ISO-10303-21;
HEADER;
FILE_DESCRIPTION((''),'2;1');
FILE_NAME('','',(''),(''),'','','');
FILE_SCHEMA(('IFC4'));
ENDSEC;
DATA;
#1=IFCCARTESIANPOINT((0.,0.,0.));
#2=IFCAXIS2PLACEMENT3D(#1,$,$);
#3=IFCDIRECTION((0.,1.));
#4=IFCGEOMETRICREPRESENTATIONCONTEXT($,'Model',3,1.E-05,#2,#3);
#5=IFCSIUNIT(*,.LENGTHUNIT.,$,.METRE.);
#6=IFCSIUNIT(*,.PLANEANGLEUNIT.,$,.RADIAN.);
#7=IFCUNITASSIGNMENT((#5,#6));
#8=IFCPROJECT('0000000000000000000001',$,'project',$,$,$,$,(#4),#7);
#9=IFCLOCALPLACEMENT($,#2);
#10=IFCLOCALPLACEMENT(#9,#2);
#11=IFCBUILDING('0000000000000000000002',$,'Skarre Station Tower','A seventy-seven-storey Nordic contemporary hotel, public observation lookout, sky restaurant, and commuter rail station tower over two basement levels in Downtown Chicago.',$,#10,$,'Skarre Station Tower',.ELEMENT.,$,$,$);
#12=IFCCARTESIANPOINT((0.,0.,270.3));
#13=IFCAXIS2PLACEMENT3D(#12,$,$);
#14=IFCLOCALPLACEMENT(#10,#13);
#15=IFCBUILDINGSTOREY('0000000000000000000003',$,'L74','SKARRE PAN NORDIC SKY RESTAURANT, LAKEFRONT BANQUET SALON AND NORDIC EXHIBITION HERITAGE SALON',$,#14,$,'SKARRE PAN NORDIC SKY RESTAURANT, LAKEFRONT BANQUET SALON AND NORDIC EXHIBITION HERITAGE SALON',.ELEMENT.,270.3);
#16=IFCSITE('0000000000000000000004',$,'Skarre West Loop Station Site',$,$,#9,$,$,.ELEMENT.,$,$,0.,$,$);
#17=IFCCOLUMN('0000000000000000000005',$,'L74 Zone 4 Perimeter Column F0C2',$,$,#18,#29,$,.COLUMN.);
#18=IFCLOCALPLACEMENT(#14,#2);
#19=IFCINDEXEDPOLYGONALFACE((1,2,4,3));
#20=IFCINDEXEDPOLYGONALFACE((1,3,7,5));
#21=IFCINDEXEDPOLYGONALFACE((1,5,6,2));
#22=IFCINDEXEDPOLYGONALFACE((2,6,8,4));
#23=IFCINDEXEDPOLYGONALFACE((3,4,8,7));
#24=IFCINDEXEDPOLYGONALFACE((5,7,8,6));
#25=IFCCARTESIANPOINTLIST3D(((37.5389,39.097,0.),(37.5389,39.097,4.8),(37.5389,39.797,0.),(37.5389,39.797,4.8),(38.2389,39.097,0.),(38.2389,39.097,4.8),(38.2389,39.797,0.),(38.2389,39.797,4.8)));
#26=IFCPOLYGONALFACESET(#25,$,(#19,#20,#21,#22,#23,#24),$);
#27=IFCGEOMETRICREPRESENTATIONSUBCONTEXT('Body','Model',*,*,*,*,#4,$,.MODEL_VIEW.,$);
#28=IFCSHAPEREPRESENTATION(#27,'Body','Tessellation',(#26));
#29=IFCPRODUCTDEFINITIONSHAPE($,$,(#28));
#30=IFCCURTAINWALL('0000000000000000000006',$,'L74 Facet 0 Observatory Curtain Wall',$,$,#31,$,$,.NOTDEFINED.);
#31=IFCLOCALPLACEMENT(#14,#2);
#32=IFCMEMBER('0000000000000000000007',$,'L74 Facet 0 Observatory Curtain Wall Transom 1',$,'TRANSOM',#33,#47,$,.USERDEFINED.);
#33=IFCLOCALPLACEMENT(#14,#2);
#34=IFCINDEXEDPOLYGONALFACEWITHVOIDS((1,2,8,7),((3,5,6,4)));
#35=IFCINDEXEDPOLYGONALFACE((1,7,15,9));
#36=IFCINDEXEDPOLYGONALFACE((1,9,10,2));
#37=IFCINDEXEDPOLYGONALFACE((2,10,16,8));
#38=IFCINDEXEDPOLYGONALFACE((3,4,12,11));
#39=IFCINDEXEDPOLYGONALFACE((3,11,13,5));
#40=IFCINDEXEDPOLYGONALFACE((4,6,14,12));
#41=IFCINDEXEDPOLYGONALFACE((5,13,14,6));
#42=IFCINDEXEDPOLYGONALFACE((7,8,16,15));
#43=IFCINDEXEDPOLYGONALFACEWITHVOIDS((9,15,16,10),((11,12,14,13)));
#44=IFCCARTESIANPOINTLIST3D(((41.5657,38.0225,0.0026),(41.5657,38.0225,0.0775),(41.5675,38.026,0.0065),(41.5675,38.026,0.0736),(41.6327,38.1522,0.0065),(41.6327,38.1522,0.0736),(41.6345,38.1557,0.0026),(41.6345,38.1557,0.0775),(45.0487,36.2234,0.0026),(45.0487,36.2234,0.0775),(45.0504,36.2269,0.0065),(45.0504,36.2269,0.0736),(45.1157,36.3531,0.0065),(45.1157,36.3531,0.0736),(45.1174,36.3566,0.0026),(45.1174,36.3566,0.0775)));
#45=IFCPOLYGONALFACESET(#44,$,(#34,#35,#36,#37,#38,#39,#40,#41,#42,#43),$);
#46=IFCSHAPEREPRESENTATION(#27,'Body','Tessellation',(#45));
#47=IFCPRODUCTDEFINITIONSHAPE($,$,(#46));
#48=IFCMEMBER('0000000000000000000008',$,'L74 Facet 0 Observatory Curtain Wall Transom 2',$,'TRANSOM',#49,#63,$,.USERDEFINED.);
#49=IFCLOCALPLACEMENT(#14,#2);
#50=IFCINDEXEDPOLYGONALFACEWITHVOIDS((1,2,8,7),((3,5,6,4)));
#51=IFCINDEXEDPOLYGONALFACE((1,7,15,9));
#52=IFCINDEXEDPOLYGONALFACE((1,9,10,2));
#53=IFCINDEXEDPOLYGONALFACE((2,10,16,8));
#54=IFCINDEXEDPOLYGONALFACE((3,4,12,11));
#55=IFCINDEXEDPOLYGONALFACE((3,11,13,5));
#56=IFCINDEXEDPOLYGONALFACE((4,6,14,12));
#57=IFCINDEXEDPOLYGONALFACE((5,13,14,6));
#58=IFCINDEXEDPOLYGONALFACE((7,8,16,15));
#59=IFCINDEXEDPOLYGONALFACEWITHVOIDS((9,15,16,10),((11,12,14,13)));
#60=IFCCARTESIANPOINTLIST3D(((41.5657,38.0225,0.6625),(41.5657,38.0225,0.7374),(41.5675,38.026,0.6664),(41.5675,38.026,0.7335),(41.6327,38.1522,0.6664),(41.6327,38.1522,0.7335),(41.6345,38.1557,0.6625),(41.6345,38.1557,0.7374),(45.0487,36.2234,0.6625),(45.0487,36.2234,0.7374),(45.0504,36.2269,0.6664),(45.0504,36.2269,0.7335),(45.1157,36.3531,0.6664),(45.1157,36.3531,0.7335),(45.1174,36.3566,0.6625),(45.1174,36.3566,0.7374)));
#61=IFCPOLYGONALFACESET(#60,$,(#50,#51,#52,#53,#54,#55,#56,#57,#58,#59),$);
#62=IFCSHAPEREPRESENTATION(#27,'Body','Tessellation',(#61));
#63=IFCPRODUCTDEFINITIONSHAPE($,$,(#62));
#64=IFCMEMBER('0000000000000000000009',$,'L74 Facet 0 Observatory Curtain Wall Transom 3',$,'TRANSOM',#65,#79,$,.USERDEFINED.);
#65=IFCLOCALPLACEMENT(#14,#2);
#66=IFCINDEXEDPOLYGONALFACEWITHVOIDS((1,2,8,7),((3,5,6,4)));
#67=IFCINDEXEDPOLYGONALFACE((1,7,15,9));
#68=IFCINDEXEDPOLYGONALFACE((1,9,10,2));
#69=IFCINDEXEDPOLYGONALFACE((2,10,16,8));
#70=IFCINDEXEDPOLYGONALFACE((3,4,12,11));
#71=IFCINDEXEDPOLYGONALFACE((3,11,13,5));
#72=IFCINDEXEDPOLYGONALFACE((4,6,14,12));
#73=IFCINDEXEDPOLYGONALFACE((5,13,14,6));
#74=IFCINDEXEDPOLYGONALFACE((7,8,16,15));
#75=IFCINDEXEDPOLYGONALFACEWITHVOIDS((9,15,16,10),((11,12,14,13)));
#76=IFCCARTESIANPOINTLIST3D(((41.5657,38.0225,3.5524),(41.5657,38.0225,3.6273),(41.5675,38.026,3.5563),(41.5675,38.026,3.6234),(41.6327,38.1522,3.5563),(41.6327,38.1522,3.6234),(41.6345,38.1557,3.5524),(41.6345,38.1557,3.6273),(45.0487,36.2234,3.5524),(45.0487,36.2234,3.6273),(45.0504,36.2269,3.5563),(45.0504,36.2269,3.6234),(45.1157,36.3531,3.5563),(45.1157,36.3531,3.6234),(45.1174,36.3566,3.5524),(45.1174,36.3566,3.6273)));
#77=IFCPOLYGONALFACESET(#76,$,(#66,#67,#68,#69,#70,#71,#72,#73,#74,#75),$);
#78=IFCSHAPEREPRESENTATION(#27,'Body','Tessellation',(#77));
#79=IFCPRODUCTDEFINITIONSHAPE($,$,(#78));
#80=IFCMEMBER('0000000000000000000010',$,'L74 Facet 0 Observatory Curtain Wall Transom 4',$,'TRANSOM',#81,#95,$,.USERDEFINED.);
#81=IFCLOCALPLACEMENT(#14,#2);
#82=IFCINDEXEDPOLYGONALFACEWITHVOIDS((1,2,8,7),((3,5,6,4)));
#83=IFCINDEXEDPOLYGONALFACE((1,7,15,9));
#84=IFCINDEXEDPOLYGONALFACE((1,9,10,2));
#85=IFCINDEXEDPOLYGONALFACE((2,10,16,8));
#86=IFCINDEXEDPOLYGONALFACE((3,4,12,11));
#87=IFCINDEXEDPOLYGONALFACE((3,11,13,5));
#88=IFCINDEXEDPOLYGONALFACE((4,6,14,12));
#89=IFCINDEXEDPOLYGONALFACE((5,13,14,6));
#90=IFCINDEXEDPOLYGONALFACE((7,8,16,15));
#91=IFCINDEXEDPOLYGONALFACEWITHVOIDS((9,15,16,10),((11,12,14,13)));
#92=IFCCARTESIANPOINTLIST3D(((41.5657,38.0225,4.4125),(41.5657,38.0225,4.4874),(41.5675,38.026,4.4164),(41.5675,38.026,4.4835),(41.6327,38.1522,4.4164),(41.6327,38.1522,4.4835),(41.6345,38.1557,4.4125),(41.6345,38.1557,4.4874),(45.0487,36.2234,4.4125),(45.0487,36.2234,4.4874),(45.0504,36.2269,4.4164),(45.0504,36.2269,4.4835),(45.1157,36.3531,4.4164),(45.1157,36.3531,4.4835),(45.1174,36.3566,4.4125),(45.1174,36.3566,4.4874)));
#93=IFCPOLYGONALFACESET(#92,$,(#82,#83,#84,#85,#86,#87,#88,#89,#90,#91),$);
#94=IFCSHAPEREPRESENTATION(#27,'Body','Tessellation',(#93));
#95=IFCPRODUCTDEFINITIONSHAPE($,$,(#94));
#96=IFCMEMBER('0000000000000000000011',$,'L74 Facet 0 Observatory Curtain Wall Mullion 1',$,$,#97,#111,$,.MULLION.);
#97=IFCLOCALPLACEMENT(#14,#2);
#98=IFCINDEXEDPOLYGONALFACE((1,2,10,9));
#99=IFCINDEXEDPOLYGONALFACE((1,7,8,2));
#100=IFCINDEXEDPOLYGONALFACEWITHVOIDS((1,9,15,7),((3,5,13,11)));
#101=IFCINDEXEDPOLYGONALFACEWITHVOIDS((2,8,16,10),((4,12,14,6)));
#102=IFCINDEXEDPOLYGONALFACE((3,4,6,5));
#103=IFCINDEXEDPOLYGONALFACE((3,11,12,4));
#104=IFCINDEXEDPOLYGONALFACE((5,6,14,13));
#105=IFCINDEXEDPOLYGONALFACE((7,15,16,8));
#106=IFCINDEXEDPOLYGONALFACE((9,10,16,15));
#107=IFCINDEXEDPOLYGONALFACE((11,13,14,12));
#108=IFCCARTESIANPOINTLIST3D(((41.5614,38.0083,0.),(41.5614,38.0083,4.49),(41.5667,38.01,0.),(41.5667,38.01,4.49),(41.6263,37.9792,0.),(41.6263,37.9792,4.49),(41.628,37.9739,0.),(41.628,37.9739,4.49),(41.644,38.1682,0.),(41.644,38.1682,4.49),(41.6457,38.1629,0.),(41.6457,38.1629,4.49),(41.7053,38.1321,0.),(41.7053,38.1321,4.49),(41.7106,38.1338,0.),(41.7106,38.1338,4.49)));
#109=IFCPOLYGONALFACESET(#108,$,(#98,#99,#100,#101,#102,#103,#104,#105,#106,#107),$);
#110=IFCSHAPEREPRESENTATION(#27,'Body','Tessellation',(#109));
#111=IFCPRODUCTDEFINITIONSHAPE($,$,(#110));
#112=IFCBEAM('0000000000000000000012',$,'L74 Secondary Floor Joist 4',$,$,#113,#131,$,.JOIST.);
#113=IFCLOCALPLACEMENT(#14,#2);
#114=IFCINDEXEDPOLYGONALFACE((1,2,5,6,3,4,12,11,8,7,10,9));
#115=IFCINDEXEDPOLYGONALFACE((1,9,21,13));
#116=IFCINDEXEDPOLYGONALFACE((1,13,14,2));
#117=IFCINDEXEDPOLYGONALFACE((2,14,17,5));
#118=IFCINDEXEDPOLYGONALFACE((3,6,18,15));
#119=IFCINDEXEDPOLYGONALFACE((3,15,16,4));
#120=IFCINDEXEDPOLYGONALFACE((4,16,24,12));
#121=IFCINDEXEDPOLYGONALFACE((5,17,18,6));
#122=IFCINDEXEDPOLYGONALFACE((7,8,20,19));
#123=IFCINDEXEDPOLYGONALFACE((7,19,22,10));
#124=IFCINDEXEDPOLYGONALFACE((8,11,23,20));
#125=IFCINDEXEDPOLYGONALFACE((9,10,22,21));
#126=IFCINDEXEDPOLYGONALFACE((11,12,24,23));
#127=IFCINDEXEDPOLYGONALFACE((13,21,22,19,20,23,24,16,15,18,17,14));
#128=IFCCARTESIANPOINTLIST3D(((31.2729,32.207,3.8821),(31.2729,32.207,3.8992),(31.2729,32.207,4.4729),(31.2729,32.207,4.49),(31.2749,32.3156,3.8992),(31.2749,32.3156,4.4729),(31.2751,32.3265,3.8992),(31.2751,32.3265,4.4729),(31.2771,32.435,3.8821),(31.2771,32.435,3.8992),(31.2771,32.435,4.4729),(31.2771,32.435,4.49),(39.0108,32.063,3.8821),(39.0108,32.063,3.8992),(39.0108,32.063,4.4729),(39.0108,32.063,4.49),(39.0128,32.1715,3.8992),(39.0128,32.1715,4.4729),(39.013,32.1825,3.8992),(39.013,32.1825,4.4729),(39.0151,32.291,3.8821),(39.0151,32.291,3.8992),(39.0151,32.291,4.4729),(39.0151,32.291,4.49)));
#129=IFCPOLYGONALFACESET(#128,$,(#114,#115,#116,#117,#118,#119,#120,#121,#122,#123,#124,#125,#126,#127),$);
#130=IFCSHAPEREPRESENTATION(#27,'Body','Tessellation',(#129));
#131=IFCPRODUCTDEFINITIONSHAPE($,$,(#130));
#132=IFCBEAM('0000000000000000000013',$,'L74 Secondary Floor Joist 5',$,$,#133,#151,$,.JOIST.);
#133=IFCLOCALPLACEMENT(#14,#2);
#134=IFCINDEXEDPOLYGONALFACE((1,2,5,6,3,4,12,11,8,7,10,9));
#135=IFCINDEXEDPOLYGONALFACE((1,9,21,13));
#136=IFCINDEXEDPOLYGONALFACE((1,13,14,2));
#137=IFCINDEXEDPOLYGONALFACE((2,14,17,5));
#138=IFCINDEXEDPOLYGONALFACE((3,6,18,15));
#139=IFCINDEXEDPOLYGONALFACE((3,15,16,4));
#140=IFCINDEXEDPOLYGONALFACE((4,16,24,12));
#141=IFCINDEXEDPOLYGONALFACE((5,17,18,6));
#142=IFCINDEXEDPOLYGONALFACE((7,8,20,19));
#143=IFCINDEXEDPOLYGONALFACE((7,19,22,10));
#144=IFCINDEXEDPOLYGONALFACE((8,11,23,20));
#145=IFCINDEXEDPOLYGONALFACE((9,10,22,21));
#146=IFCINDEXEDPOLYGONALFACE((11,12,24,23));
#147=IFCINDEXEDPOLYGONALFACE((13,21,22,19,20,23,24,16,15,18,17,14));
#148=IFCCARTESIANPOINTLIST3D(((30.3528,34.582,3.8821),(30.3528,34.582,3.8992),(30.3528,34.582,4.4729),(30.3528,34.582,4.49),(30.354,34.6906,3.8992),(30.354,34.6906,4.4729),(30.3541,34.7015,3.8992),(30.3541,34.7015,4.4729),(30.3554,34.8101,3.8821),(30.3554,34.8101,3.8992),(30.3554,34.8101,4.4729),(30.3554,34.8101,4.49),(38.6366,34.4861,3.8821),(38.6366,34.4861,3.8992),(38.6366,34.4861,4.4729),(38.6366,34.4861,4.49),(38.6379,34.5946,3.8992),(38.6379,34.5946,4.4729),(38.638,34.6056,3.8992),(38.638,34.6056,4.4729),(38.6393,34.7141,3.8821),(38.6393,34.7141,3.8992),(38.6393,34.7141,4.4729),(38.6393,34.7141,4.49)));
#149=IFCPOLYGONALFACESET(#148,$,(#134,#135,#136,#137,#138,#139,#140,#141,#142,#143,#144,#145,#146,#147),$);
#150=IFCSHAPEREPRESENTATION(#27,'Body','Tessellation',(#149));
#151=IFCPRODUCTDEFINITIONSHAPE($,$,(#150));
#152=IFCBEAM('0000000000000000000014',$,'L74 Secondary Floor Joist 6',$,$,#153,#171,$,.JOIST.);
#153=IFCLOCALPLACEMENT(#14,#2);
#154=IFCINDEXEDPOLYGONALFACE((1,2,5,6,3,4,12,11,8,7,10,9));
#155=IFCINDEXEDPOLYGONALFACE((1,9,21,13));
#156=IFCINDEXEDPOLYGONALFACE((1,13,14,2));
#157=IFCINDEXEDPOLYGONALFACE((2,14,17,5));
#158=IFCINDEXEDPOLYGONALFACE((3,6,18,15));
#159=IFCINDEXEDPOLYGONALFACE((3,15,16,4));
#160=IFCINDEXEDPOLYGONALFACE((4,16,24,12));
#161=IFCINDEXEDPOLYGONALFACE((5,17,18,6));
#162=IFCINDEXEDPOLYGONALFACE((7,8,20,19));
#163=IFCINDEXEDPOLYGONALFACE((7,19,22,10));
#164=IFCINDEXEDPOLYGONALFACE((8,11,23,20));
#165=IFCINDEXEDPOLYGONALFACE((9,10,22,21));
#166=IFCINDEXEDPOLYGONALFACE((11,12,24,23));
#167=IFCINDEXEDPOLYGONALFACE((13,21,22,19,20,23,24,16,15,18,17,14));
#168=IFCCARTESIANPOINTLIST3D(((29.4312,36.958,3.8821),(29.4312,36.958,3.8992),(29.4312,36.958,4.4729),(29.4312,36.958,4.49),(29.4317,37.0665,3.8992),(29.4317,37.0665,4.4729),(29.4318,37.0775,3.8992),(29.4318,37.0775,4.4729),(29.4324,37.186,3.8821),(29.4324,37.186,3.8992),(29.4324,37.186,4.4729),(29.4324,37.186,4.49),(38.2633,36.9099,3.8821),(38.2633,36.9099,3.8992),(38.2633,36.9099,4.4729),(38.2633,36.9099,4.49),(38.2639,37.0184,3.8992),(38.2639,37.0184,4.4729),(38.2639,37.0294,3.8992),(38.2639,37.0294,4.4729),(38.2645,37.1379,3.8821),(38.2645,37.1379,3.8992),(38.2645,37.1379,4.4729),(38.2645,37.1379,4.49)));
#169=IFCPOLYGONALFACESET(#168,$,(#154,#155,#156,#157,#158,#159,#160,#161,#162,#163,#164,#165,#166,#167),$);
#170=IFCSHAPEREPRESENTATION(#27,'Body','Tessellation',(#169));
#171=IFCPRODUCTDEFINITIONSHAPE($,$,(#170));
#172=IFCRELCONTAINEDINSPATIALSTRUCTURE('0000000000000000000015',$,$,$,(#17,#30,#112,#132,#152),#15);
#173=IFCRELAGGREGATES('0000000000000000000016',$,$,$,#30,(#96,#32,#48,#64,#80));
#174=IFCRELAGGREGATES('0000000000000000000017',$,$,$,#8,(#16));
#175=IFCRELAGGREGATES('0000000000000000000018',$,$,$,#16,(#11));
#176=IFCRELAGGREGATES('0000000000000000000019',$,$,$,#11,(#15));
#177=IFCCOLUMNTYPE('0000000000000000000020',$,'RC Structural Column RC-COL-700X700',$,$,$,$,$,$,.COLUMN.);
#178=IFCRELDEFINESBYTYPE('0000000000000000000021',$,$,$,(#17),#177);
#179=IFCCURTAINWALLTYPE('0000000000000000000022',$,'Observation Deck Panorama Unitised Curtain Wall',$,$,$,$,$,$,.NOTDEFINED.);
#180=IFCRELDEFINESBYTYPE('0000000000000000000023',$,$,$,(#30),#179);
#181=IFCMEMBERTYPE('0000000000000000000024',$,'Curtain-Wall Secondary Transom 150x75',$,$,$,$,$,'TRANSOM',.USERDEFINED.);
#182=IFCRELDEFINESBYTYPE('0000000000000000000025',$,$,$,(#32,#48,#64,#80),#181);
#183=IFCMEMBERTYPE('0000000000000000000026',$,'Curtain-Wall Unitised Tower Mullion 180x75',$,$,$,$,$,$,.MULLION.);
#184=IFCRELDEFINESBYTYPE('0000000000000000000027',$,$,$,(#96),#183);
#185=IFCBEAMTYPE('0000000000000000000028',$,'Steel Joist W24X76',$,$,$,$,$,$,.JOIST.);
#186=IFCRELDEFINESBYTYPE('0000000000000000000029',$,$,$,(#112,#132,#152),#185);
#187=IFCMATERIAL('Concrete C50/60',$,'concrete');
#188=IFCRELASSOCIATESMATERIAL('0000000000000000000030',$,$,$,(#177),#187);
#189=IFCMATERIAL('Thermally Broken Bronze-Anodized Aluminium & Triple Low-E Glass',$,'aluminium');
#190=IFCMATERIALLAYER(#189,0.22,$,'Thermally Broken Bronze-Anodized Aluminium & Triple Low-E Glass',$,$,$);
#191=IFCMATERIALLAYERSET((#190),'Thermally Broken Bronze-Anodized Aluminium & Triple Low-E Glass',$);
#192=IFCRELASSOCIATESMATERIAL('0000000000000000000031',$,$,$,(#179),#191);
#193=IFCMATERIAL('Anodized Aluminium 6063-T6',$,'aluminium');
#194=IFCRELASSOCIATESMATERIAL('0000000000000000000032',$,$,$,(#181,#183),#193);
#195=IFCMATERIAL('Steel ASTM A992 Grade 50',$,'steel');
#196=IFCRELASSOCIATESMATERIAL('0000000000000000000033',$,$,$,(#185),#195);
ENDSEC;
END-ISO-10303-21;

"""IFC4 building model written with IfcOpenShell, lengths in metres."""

from ifc_helpers import new_model, si_unit, direction, frame, origin, origin_2d, place, context, subcontext, project, spatial, rectangle, hollow_rectangle, i_section, extrude, material, layer, layer_set, material_profile, profile_set, type_object, element, aggregate, save


model = new_model("IFC4")

# Units and contexts
model_context = context("Model", 3, precision=1e-05, world=origin(), true_north=direction((0.0, 1.0)))
body_context = subcontext(model_context, "Body", "Model", "MODEL_VIEW")
ifc_project = project(units=[si_unit("LENGTHUNIT", "METRE"), si_unit("PLANEANGLEUNIT", "RADIAN")], contexts=[model_context])

# Site, building, storey
site_placement = place(None, origin())
site = spatial("IfcSite", under=ifc_project, at=site_placement, Name="Skarre West Loop Station Site", CompositionType="ELEMENT", RefElevation=0.0)
building_placement = place(site_placement, origin())
building = spatial("IfcBuilding", under=site, at=building_placement, Name="Skarre Station Tower", Description="A seventy-seven-storey Nordic contemporary hotel, public observation lookout, sky restaurant, and commuter rail station tower over two basement levels in Downtown Chicago.", LongName="Skarre Station Tower", CompositionType="ELEMENT")
storey_placement = place(building_placement, frame((0.0, 0.0, 270.3)))
storey = spatial("IfcBuildingStorey", under=building, at=storey_placement, Name="L74", Description="SKARRE PAN NORDIC SKY RESTAURANT, LAKEFRONT BANQUET SALON AND NORDIC EXHIBITION HERITAGE SALON", LongName="SKARRE PAN NORDIC SKY RESTAURANT, LAKEFRONT BANQUET SALON AND NORDIC EXHIBITION HERITAGE SALON", CompositionType="ELEMENT", Elevation=270.3)

# Column
ifc_material_1 = material(Name="Concrete C50/60", Category="concrete")
ifc_material_profile_1 = material_profile(ifc_material_1, rectangle(XDim=0.7, YDim=0.7, at=origin_2d()), Name="Concrete C50/60")
ifc_profile_set_1 = profile_set([ifc_material_profile_1], Name="Concrete C50/60")
column_type = type_object("IfcColumnType", Name="RC Structural Column RC-COL-700X700", PredefinedType="COLUMN", material=ifc_profile_set_1)
column_placement = place(storey_placement, frame((37.8889, 39.447, 0.0), z_axis=(0.0, 0.0, 1.0), x_axis=(1.0, 0.0, 0.0)))
element("IfcColumn", 1, at=column_placement, inside=storey, type_object=column_type, Name="L74 Zone 4 Perimeter Column F0C2", PredefinedType="COLUMN", context=body_context, shape_type="SweptSolid", body=[
    extrude(rectangle(XDim=0.7, YDim=0.7, at=origin_2d()), origin(), (0.0, 0.0, 1.0), 4.8),
])

# Curtain wall, members
ifc_material_2 = material(Name="Thermally Broken Bronze-Anodized Aluminium & Triple Low-E Glass", Category="aluminium")
ifc_layer_1 = layer(ifc_material_2, 0.22, Name="Thermally Broken Bronze-Anodized Aluminium & Triple Low-E Glass")
ifc_layer_set_1 = layer_set([ifc_layer_1], Name="Thermally Broken Bronze-Anodized Aluminium & Triple Low-E Glass")
curtain_wall_type = type_object("IfcCurtainWallType", Name="Observation Deck Panorama Unitised Curtain Wall", PredefinedType="NOTDEFINED", material=ifc_layer_set_1)
curtain_wall_placement = place(storey_placement, origin())
curtain_wall = element("IfcCurtainWall", 2, at=curtain_wall_placement, inside=storey, type_object=curtain_wall_type, Name="L74 Facet 0 Observatory Curtain Wall", PredefinedType="NOTDEFINED")
ifc_material_3 = material(Name="Anodized Aluminium 6063-T6", Category="aluminium")
ifc_material_profile_2 = material_profile(ifc_material_3, hollow_rectangle(XDim=0.075, YDim=0.1499, WallThickness=0.0039, at=origin_2d()), Name="Anodized Aluminium 6063-T6")
ifc_profile_set_2 = profile_set([ifc_material_profile_2], Name="Anodized Aluminium 6063-T6")
member_type_1 = type_object("IfcMemberType", Name="Curtain-Wall Secondary Transom 150x75", ElementType="TRANSOM", PredefinedType="USERDEFINED", material=ifc_profile_set_2)
member_1_placement = place(storey_placement, frame((41.6001, 38.0891, 0.04), z_axis=(0.888471, -0.458933, 0.0), x_axis=(0.0, 0.0, 1.0)))
member_1 = element("IfcMember", 3, at=member_1_placement, type_object=member_type_1, Name="L74 Facet 0 Observatory Curtain Wall Transom 1", ObjectType="TRANSOM", PredefinedType="USERDEFINED", context=body_context, shape_type="SweptSolid", body=[
    extrude(hollow_rectangle(XDim=0.075, YDim=0.1499, WallThickness=0.0039, at=origin_2d()), origin(), (0.0, 0.0, 1.0), 3.9202),
])
member_2_placement = place(storey_placement, frame((41.6001, 38.0891, 0.7), z_axis=(0.888471, -0.458933, 0.0), x_axis=(0.0, 0.0, 1.0)))
member_2 = element("IfcMember", 4, at=member_2_placement, type_object=member_type_1, Name="L74 Facet 0 Observatory Curtain Wall Transom 2", ObjectType="TRANSOM", PredefinedType="USERDEFINED", context=body_context, shape_type="SweptSolid", body=[
    extrude(hollow_rectangle(XDim=0.075, YDim=0.1499, WallThickness=0.0039, at=origin_2d()), origin(), (0.0, 0.0, 1.0), 3.9202),
])
member_3_placement = place(storey_placement, frame((41.6001, 38.0891, 3.5898), z_axis=(0.888471, -0.458933, 0.0), x_axis=(0.0, 0.0, 1.0)))
member_3 = element("IfcMember", 5, at=member_3_placement, type_object=member_type_1, Name="L74 Facet 0 Observatory Curtain Wall Transom 3", ObjectType="TRANSOM", PredefinedType="USERDEFINED", context=body_context, shape_type="SweptSolid", body=[
    extrude(hollow_rectangle(XDim=0.075, YDim=0.1499, WallThickness=0.0039, at=origin_2d()), origin(), (0.0, 0.0, 1.0), 3.9202),
])
member_4_placement = place(storey_placement, frame((41.6001, 38.0891, 4.45), z_axis=(0.888471, -0.458933, 0.0), x_axis=(0.0, 0.0, 1.0)))
member_4 = element("IfcMember", 6, at=member_4_placement, type_object=member_type_1, Name="L74 Facet 0 Observatory Curtain Wall Transom 4", ObjectType="TRANSOM", PredefinedType="USERDEFINED", context=body_context, shape_type="SweptSolid", body=[
    extrude(hollow_rectangle(XDim=0.075, YDim=0.1499, WallThickness=0.0039, at=origin_2d()), origin(), (0.0, 0.0, 1.0), 3.9202),
])
ifc_material_profile_3 = material_profile(ifc_material_3, hollow_rectangle(XDim=0.075, YDim=0.1799, WallThickness=0.0039, at=origin_2d()), Name="Anodized Aluminium 6063-T6")
ifc_profile_set_3 = profile_set([ifc_material_profile_3], Name="Anodized Aluminium 6063-T6")
member_type_2 = type_object("IfcMemberType", Name="Curtain-Wall Unitised Tower Mullion 180x75", PredefinedType="MULLION", material=ifc_profile_set_3)
member_5_placement = place(storey_placement, frame((41.636, 38.071, 0.0), z_axis=(0.0, 0.0, 1.0), x_axis=(0.888481, -0.458913, 0.0)))
member_5 = element("IfcMember", 7, at=member_5_placement, type_object=member_type_2, Name="L74 Facet 0 Observatory Curtain Wall Mullion 1", PredefinedType="MULLION", context=body_context, shape_type="SweptSolid", body=[
    extrude(hollow_rectangle(XDim=0.075, YDim=0.1799, WallThickness=0.0039, at=origin_2d()), origin(), (0.0, 0.0, 1.0), 4.49),
])
aggregate(curtain_wall, [member_5, member_1, member_2, member_3, member_4])

# Beams
ifc_material_4 = material(Name="Steel ASTM A992 Grade 50", Category="steel")
ifc_material_profile_4 = material_profile(ifc_material_4, i_section(OverallWidth=0.228, OverallDepth=0.6079, WebThickness=0.011, FlangeThickness=0.0171, at=origin_2d()), Name="Steel ASTM A992 Grade 50")
ifc_profile_set_4 = profile_set([ifc_material_profile_4], Name="Steel ASTM A992 Grade 50")
beam_type_1 = type_object("IfcBeamType", Name="Steel Joist W24X76", PredefinedType="JOIST", material=ifc_profile_set_4)
beam_1_placement = place(storey_placement, frame((39.0129, 32.177, 4.186), z_axis=(-0.999827, 0.018612, 0.0), x_axis=(-0.018612, -0.999827, 0.0)))
element("IfcBeam", 8, at=beam_1_placement, inside=storey, type_object=beam_type_1, Name="L74 Secondary Floor Joist 4", PredefinedType="JOIST", context=body_context, shape_type="SweptSolid", body=[
    extrude(i_section(OverallWidth=0.228, OverallDepth=0.6079, WebThickness=0.011, FlangeThickness=0.0171, at=origin_2d()), origin(), (0.0, 0.0, 1.0), 7.7393),
])
beam_2_placement = place(storey_placement, frame((38.6379, 34.6001, 4.186), z_axis=(-0.999933, 0.011582, 0.0), x_axis=(-0.011582, -0.999933, 0.0)))
element("IfcBeam", 9, at=beam_2_placement, inside=storey, type_object=beam_type_1, Name="L74 Secondary Floor Joist 5", PredefinedType="JOIST", context=body_context, shape_type="SweptSolid", body=[
    extrude(i_section(OverallWidth=0.228, OverallDepth=0.6079, WebThickness=0.011, FlangeThickness=0.0171, at=origin_2d()), origin(), (0.0, 0.0, 1.0), 8.2844),
])
beam_3_placement = place(storey_placement, frame((38.2639, 37.0239, 4.186), z_axis=(-0.999985, 0.005446, 0.0), x_axis=(-0.005446, -0.999985, 0.0)))
element("IfcBeam", 10, at=beam_3_placement, inside=storey, type_object=beam_type_1, Name="L74 Secondary Floor Joist 6", PredefinedType="JOIST", context=body_context, shape_type="SweptSolid", body=[
    extrude(i_section(OverallWidth=0.228, OverallDepth=0.6079, WebThickness=0.011, FlangeThickness=0.0171, at=origin_2d()), origin(), (0.0, 0.0, 1.0), 8.8323),
])

save(model, "model.ifc")
